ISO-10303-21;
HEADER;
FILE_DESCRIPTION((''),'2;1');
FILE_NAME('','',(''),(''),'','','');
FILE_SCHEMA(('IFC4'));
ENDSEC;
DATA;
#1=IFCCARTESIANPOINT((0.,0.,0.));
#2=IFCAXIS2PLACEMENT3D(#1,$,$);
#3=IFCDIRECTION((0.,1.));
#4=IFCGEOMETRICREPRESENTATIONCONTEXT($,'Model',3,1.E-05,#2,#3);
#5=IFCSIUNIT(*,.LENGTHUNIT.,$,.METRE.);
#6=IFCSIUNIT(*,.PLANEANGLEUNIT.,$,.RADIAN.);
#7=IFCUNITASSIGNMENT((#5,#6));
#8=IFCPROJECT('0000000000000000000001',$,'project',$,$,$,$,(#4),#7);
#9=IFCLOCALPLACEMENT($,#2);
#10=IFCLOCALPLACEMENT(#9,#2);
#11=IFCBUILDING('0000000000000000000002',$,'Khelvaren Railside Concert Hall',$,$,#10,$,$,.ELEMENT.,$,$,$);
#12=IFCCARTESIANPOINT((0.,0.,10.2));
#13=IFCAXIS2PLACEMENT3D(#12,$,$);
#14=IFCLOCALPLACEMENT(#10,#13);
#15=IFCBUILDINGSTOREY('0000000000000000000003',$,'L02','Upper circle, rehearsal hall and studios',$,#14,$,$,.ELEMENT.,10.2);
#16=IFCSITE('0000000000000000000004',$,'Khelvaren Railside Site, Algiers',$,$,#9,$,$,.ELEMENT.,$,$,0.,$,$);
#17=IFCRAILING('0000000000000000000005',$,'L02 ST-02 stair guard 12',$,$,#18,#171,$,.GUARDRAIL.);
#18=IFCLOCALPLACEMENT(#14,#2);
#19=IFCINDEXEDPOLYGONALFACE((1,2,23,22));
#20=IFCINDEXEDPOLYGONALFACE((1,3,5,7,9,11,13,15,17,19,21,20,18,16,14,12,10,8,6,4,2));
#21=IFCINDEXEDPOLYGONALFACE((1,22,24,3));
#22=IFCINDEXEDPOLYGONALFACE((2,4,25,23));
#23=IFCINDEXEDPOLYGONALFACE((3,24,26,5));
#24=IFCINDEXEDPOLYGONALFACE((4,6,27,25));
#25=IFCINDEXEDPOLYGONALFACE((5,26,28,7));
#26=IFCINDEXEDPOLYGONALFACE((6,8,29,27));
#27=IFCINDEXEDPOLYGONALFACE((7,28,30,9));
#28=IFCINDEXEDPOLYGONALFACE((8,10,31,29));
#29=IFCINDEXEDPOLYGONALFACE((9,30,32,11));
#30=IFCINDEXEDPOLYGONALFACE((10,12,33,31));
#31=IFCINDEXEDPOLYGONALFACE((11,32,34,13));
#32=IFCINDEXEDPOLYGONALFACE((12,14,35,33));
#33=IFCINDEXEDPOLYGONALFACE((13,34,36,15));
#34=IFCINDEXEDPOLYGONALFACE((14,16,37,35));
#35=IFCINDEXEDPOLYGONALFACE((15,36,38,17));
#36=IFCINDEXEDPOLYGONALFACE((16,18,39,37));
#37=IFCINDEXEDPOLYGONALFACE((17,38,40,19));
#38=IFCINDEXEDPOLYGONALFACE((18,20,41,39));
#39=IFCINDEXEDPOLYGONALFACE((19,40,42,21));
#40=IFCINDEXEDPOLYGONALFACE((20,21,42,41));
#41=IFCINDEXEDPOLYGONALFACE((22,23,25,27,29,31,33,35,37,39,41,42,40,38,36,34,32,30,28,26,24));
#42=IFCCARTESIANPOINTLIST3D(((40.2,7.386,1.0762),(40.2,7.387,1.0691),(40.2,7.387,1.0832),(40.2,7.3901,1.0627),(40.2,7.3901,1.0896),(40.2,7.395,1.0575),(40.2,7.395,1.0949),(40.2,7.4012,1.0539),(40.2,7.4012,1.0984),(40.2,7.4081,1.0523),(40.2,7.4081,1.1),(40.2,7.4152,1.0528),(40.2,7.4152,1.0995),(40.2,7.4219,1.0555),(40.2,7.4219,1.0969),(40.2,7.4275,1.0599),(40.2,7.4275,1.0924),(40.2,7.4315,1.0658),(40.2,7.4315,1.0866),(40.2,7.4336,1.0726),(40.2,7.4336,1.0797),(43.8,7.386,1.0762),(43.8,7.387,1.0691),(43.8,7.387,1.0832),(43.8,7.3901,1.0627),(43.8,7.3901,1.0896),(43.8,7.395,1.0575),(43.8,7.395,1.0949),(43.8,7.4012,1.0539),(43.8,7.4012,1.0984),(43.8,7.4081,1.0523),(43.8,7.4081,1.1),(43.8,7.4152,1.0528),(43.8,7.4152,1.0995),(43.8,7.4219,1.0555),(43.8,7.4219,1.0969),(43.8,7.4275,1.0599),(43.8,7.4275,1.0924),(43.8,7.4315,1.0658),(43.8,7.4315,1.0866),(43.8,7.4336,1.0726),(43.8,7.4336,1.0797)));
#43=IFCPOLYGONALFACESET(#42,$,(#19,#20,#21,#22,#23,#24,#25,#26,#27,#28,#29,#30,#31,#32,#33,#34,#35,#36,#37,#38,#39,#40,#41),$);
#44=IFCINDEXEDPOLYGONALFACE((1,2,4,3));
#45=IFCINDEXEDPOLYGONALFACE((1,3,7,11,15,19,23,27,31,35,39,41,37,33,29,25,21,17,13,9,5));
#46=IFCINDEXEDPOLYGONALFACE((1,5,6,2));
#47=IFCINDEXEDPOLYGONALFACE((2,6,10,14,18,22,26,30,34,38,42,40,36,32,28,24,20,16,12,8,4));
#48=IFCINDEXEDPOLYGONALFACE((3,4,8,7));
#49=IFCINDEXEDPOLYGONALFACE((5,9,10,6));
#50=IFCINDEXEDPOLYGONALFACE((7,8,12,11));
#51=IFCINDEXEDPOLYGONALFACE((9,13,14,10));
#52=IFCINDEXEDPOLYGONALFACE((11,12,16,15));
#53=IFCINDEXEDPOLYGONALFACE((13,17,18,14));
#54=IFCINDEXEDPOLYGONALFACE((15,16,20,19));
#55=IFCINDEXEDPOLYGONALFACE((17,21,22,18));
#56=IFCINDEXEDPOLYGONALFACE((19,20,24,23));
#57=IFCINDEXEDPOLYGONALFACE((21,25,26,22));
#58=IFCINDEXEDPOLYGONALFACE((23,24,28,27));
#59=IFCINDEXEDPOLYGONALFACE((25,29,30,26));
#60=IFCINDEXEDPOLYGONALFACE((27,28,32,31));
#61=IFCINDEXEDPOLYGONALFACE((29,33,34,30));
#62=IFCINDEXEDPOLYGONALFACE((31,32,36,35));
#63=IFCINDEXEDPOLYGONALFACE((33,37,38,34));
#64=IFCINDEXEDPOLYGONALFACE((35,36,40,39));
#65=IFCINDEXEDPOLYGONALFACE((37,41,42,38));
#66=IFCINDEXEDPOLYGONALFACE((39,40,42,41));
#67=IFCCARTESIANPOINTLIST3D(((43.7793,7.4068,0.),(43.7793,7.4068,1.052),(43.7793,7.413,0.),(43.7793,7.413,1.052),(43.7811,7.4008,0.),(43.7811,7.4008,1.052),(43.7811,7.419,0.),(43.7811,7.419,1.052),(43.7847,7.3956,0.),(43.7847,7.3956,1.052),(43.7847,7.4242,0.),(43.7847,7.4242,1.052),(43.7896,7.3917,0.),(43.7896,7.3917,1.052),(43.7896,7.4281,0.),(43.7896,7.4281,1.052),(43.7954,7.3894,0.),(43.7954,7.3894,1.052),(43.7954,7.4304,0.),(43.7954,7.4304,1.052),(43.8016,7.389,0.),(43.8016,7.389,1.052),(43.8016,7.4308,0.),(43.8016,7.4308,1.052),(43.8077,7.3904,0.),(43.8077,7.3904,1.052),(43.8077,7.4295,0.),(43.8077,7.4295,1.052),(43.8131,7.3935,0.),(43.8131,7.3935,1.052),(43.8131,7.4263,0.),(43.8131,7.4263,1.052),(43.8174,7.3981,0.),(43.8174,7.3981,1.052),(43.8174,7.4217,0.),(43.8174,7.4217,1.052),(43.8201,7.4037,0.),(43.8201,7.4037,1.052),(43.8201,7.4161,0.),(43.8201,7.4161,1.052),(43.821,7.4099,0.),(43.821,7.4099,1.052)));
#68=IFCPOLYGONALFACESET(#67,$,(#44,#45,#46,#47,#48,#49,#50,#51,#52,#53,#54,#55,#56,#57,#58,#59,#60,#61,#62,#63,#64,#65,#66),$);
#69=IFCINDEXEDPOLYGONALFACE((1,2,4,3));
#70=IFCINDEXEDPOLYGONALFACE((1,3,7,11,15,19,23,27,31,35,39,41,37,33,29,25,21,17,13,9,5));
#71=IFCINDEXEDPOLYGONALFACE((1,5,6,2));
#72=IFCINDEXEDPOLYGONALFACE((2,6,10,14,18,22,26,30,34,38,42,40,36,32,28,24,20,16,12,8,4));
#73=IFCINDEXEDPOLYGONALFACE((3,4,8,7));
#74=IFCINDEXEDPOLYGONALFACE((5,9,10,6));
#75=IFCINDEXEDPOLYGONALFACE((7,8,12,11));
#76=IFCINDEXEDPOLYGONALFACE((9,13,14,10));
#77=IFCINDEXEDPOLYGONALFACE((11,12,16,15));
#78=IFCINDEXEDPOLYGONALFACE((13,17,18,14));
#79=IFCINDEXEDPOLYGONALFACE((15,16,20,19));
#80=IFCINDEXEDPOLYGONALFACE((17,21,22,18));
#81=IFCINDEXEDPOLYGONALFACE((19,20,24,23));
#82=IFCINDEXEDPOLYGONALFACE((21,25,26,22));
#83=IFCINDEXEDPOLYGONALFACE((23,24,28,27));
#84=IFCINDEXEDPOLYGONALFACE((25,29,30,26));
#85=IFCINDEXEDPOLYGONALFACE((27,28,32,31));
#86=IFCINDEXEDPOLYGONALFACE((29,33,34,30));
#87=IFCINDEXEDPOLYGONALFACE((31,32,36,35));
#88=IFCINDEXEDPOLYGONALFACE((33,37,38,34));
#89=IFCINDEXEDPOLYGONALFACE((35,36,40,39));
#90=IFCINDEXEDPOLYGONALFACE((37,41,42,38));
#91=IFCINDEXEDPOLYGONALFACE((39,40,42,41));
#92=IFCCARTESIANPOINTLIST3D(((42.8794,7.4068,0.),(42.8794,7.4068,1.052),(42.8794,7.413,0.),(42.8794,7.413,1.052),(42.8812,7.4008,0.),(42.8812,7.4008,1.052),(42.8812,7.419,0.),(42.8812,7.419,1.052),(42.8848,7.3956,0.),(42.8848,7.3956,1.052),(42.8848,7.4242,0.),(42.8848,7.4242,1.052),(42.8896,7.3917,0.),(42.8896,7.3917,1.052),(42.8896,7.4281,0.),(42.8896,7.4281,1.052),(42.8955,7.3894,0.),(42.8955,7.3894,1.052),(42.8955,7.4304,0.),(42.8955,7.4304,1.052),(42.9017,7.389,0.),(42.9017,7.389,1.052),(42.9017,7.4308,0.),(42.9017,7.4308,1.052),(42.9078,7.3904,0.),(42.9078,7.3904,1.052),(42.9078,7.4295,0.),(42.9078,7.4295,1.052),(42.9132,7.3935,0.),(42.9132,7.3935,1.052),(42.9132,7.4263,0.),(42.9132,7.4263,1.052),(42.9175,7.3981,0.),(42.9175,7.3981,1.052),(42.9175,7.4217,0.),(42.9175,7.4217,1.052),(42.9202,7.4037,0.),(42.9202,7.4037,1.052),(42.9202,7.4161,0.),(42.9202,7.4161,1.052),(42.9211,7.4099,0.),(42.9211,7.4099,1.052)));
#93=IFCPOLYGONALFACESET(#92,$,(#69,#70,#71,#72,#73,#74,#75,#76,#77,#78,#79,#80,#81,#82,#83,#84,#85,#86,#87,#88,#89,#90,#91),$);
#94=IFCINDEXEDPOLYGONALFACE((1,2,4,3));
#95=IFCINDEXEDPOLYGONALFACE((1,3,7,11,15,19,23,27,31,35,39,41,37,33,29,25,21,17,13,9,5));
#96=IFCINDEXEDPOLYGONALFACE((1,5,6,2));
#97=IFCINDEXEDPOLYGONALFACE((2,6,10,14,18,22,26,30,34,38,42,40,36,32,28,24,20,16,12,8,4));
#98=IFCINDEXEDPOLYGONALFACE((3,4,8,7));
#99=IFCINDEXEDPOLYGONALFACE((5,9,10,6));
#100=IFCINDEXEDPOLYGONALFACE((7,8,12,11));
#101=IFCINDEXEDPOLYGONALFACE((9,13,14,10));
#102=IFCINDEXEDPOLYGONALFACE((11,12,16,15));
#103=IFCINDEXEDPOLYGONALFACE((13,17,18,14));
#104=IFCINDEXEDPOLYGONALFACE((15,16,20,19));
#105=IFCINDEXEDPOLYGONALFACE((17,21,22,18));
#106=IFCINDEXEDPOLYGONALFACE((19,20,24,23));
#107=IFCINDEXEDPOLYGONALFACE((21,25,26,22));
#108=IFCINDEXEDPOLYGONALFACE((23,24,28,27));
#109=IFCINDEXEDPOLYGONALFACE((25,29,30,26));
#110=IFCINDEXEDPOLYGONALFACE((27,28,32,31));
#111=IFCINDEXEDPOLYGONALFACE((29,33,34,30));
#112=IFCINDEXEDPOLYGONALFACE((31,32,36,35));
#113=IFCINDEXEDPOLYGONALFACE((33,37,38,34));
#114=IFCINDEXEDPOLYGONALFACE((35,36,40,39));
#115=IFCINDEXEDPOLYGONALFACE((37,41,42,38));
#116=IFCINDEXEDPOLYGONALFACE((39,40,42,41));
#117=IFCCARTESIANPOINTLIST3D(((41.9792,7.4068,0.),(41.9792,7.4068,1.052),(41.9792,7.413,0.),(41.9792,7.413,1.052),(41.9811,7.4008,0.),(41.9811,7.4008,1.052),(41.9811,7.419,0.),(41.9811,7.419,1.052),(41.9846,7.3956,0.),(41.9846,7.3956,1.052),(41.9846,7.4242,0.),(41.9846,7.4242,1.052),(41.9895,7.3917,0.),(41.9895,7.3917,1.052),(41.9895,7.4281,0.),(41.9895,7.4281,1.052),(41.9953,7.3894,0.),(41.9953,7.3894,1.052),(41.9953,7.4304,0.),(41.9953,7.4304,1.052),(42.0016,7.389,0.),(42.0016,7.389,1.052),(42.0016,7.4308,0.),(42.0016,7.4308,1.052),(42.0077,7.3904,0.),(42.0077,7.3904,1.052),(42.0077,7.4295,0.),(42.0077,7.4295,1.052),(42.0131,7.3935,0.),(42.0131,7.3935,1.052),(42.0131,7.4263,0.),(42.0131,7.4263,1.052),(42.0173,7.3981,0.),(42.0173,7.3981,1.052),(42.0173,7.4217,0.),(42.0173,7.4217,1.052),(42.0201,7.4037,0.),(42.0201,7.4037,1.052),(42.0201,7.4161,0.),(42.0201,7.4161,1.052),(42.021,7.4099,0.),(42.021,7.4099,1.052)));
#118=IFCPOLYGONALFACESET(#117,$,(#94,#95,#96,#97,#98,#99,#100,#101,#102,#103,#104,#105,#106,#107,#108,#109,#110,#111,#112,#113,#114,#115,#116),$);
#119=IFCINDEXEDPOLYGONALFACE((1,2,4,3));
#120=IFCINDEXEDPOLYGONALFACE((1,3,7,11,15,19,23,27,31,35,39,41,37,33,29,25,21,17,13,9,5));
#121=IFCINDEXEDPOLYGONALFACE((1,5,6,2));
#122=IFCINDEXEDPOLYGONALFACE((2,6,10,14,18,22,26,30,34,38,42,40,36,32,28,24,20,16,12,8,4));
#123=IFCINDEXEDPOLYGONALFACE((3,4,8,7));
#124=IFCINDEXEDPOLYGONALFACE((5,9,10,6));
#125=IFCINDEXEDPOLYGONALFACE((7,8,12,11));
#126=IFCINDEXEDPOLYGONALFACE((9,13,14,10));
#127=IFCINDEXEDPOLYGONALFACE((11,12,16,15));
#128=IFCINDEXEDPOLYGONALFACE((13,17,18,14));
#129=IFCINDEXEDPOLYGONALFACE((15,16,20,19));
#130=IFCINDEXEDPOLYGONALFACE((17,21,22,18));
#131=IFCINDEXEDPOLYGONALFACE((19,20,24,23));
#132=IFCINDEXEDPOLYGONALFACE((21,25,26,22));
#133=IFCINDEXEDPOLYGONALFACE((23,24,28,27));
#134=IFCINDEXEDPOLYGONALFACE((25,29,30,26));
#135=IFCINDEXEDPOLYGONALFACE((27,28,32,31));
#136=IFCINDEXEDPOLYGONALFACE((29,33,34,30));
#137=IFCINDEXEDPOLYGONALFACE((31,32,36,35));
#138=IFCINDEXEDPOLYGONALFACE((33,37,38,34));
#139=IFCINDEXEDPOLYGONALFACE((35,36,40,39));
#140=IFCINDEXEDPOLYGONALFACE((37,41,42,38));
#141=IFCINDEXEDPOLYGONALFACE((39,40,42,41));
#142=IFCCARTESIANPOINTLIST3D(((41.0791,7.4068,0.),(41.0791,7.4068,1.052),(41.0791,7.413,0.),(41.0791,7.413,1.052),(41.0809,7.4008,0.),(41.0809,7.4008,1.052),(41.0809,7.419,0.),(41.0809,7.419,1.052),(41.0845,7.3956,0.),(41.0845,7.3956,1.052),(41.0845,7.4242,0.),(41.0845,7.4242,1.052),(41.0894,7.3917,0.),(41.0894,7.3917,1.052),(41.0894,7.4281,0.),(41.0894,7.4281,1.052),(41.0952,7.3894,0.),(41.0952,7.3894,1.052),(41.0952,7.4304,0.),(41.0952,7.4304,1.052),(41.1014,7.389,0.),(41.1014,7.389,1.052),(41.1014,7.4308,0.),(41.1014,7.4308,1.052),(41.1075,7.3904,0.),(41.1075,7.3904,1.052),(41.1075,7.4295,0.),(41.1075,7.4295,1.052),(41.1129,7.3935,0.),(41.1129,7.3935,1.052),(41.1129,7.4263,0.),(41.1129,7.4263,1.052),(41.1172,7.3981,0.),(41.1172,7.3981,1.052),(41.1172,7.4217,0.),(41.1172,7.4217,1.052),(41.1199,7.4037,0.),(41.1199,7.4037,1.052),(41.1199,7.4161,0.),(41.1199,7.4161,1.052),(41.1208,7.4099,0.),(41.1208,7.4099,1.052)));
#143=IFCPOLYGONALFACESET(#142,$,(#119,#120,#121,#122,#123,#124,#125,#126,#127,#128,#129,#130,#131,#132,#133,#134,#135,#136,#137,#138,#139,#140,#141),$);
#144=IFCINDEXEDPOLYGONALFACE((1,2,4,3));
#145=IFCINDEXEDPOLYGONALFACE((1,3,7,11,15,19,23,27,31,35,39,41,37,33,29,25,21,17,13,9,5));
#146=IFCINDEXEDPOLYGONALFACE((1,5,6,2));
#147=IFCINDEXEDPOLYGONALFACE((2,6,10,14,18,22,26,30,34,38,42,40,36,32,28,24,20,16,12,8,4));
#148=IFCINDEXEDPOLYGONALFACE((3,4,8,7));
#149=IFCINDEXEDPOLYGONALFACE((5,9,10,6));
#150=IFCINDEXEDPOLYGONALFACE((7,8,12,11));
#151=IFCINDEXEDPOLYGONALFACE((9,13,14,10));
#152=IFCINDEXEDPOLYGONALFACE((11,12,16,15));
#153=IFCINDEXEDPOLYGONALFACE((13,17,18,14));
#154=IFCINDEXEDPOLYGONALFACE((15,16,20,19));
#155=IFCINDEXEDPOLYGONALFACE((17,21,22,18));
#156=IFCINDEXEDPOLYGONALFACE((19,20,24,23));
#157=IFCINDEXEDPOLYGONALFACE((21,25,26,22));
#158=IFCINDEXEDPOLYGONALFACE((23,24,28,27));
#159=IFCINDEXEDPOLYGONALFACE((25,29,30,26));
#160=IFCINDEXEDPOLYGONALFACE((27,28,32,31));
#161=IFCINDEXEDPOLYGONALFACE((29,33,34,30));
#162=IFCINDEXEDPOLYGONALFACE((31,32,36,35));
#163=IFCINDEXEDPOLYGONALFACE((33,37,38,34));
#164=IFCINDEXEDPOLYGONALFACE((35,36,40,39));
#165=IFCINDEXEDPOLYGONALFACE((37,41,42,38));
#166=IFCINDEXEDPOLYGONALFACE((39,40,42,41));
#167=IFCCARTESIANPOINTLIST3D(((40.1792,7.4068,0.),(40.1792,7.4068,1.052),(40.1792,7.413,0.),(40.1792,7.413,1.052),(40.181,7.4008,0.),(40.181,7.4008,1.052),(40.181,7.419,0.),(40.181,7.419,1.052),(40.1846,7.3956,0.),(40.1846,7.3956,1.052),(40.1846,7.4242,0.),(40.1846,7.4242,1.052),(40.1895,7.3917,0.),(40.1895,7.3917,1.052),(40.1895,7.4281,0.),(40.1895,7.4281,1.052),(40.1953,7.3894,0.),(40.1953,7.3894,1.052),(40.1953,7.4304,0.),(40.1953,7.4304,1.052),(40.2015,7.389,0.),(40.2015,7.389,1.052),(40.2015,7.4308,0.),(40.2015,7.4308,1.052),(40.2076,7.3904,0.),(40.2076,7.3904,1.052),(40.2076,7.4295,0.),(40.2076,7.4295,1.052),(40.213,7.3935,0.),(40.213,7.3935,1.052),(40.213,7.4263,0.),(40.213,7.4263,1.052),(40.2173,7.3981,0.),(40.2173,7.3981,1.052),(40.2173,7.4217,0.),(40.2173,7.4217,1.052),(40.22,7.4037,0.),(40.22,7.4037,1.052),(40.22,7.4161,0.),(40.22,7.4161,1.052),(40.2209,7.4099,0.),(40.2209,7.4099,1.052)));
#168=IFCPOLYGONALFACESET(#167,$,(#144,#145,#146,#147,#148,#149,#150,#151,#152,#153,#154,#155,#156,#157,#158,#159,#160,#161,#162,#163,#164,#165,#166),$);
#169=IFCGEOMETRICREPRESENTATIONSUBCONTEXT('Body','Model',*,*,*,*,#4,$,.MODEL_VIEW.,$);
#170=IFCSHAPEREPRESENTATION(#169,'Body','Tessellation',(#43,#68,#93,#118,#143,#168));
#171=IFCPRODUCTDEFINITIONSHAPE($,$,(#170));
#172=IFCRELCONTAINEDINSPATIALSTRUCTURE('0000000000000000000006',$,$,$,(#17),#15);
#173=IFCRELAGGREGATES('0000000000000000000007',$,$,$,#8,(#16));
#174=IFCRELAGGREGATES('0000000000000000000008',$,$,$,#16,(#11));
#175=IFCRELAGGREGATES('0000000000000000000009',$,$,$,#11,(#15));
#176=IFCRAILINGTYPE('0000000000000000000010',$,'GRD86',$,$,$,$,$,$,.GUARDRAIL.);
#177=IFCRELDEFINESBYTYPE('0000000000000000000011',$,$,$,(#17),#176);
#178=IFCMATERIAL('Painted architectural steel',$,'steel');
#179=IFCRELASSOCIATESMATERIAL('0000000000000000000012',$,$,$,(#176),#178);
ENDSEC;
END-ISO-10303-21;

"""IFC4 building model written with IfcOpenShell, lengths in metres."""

from ifc_helpers import new_model, si_unit, direction, frame, origin, origin_2d, place, context, subcontext, project, spatial, circle, extrude, material, type_object, element, save


model = new_model("IFC4")

# Units and contexts
model_context = context("Model", 3, precision=1e-05, world=origin(), true_north=direction((0.0, 1.0)))
body_context = subcontext(model_context, "Body", "Model", "MODEL_VIEW")
ifc_project = project(units=[si_unit("LENGTHUNIT", "METRE"), si_unit("PLANEANGLEUNIT", "RADIAN")], contexts=[model_context])

# Site, building, storey
site_placement = place(None, origin())
site = spatial("IfcSite", under=ifc_project, at=site_placement, Name="Khelvaren Railside Site, Algiers", CompositionType="ELEMENT", RefElevation=0.0)
building_placement = place(site_placement, origin())
building = spatial("IfcBuilding", under=site, at=building_placement, Name="Khelvaren Railside Concert Hall", CompositionType="ELEMENT")
storey_placement = place(building_placement, frame((0.0, 0.0, 10.2)))
storey = spatial("IfcBuildingStorey", under=building, at=storey_placement, Name="L02", Description="Upper circle, rehearsal hall and studios", CompositionType="ELEMENT", Elevation=10.2)

# Railing
ifc_material_1 = material(Name="Painted architectural steel", Category="steel")
railing_type = type_object("IfcRailingType", Name="GRD86", PredefinedType="GUARDRAIL", material=ifc_material_1)
railing_1_placement = place(storey_placement, frame((43.8, 7.4099, 0.0)))
element("IfcRailing", 1, at=railing_1_placement, inside=storey, type_object=railing_type, Name="L02 ST-02 stair guard 12", PredefinedType="GUARDRAIL", context=body_context, shape_type="SweptSolid", body=[
    extrude(circle(Radius=0.0239, at=origin_2d()), frame((0.0, 0.0, 1.0762), z_axis=(-1.0, 0.0, 0.0), x_axis=(0.0, -1.0, 0.0)), (0.0, 0.0, 1.0), 3.6001),
    extrude(circle(Radius=0.021, at=origin_2d()), origin(), (0.0, 0.0, 1.0), 1.052),
    extrude(circle(Radius=0.021, at=origin_2d()), frame((-0.8999, 0.0, 0.0)), (0.0, 0.0, 1.0), 1.052),
    extrude(circle(Radius=0.021, at=origin_2d()), frame((-1.8, 0.0, 0.0)), (0.0, 0.0, 1.0), 1.052),
    extrude(circle(Radius=0.021, at=origin_2d()), frame((-2.7002, 0.0, 0.0)), (0.0, 0.0, 1.0), 1.052),
    extrude(circle(Radius=0.021, at=origin_2d()), frame((-3.6001, 0.0, 0.0)), (0.0, 0.0, 1.0), 1.052),
])

save(model, "model.ifc")
